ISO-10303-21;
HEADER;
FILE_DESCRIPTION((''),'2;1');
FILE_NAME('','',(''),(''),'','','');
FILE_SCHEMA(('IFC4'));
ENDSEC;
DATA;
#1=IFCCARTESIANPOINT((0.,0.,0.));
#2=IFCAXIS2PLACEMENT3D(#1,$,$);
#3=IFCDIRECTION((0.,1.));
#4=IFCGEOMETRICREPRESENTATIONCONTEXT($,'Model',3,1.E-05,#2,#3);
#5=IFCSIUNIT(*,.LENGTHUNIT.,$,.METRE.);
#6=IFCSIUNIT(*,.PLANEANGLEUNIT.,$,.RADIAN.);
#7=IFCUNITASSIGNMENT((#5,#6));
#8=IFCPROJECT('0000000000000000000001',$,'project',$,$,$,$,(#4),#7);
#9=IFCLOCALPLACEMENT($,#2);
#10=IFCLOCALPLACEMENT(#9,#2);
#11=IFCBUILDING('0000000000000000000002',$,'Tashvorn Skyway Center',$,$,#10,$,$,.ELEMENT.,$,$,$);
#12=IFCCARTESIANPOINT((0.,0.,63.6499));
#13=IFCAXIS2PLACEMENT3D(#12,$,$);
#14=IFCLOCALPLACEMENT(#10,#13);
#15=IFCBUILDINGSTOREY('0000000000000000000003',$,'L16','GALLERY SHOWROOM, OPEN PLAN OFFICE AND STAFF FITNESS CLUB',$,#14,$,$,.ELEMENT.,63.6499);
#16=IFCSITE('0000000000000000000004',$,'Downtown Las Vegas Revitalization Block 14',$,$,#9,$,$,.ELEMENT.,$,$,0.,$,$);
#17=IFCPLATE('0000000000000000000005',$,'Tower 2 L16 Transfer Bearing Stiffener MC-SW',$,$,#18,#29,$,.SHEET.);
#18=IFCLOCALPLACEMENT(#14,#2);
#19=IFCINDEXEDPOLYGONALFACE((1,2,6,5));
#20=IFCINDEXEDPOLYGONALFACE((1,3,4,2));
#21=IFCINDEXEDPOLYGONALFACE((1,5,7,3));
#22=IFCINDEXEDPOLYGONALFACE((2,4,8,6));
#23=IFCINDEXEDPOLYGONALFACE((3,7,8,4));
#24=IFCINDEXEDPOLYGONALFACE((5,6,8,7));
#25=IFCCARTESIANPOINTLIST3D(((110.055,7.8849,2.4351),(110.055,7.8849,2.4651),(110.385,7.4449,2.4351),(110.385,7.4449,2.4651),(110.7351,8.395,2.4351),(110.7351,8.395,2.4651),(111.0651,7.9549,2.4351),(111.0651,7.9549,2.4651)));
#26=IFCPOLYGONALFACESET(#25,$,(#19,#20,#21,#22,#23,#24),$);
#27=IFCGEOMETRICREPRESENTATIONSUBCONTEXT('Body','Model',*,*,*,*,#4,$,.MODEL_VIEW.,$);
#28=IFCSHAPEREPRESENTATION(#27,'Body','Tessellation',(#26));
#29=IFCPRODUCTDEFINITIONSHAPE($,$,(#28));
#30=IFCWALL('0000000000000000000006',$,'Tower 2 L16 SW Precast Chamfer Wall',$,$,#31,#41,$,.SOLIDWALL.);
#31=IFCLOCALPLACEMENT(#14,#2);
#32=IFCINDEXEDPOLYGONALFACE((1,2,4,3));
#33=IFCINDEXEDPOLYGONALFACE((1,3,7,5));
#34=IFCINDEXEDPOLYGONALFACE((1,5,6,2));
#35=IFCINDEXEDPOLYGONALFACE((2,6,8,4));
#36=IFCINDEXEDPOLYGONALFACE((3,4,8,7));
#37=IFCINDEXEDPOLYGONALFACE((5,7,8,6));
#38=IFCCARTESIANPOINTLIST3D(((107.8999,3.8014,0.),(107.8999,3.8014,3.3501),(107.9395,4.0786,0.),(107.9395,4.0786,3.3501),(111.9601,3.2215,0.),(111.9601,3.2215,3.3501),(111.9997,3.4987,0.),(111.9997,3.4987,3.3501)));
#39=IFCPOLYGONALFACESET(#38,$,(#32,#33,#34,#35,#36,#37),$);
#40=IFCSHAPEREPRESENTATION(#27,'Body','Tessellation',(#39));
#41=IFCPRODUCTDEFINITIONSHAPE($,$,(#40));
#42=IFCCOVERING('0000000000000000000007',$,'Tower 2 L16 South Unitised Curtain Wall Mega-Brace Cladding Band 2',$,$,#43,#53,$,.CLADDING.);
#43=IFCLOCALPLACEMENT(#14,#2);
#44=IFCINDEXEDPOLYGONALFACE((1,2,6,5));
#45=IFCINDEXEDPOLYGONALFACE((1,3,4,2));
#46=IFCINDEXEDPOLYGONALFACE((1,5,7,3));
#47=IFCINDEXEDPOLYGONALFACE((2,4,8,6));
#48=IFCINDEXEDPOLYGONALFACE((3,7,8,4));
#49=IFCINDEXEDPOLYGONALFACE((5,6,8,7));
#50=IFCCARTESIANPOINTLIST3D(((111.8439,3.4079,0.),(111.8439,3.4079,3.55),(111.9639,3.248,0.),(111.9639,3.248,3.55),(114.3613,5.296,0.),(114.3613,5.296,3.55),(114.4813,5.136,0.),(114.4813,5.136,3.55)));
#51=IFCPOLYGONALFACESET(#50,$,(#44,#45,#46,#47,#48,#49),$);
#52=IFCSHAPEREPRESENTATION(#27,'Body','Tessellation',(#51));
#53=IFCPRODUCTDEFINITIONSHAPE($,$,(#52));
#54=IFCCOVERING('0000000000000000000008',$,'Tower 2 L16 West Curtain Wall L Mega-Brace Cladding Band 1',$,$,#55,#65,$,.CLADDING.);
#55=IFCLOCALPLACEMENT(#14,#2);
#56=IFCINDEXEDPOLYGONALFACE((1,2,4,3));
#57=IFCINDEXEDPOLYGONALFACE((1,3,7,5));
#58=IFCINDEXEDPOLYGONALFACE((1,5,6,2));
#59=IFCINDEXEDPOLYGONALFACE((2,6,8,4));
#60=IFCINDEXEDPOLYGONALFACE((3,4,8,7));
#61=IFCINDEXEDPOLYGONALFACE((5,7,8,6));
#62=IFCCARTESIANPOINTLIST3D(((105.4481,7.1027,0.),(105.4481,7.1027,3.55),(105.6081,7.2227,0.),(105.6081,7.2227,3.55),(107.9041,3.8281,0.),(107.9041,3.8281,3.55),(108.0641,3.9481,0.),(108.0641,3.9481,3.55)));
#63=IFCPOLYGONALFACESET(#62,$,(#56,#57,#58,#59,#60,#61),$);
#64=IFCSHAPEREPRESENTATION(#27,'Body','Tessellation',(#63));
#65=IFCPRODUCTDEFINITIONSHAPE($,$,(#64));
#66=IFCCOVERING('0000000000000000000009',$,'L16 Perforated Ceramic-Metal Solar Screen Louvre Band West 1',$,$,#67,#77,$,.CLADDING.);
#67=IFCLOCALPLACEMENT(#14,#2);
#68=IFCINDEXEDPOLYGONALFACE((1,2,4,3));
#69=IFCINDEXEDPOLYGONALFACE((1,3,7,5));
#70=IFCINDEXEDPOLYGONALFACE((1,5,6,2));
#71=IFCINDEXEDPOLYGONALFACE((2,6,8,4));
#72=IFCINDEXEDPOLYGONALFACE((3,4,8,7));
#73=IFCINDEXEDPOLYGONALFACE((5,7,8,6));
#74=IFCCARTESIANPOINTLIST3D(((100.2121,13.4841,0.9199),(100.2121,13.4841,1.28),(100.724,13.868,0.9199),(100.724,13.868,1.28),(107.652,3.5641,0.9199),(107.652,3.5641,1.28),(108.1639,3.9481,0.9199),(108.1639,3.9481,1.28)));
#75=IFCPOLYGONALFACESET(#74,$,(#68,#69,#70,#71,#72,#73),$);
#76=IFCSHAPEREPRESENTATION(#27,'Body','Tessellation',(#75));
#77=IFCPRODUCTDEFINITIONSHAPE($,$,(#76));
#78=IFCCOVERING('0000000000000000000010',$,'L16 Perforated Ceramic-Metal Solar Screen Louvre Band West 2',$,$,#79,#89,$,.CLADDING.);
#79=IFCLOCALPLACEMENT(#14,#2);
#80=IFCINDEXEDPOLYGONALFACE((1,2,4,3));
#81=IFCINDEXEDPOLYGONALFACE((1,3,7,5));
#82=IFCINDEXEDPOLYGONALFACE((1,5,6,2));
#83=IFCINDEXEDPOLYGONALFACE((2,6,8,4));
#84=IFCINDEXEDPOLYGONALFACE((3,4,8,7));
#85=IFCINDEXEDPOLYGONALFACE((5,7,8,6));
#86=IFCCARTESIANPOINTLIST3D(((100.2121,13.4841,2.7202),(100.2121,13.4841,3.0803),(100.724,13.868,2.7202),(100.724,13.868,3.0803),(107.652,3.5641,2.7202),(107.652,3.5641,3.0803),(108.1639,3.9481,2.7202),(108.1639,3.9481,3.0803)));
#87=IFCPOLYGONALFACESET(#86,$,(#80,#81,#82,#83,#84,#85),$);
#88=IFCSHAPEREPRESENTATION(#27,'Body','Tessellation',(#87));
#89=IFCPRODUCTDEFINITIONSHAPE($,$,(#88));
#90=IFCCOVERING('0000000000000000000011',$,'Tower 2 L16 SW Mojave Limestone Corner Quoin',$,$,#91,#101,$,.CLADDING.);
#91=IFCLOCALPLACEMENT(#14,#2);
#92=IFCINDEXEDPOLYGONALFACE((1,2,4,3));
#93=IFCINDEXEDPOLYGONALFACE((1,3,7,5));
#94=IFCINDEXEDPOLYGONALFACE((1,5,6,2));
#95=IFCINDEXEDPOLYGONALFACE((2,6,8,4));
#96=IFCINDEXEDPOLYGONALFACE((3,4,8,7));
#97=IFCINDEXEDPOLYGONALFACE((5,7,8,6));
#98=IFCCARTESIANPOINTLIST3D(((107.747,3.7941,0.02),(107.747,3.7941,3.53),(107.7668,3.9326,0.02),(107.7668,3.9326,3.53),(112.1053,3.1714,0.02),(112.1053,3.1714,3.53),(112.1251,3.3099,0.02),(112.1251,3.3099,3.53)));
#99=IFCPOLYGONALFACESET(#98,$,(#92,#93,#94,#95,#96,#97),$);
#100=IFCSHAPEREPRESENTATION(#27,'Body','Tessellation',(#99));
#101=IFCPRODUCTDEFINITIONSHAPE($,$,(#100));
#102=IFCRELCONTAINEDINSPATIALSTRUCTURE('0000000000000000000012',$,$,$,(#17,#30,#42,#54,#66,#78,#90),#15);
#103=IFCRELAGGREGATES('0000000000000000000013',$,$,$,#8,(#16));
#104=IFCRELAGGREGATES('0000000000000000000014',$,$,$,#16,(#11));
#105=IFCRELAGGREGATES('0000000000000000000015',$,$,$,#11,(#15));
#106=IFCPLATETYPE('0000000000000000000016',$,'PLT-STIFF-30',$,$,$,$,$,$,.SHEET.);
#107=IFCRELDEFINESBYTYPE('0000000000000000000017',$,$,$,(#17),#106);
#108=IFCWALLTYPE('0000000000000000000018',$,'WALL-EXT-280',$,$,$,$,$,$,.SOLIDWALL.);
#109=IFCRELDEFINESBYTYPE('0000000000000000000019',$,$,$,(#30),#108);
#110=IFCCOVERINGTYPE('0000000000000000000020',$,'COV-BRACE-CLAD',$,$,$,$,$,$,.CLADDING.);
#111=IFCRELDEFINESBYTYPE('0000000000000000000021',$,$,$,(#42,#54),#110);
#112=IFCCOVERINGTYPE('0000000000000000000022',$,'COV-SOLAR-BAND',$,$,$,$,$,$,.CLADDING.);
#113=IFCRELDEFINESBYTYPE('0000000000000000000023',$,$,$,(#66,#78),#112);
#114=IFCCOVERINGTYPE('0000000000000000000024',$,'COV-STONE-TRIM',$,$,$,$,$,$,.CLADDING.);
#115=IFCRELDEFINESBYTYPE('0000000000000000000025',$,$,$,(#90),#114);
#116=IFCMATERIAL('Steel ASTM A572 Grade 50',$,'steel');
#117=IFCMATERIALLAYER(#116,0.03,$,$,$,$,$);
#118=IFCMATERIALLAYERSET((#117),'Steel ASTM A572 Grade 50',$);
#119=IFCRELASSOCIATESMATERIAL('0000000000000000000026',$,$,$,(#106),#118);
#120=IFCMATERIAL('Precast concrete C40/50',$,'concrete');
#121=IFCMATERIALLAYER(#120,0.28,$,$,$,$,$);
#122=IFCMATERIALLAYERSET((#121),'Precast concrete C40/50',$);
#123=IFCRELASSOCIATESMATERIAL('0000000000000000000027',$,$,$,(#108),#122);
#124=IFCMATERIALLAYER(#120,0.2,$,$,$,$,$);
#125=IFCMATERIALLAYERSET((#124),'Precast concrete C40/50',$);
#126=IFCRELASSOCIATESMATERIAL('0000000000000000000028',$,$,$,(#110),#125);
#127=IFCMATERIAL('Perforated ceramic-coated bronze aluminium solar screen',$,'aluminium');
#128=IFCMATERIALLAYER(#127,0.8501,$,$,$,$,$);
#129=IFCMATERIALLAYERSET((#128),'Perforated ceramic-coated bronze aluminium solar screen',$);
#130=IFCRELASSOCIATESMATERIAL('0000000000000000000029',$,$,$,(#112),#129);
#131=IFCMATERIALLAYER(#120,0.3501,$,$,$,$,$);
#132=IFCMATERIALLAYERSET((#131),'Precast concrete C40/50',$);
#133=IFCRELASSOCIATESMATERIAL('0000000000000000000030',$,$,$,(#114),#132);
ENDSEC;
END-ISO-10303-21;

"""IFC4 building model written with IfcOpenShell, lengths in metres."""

from ifc_helpers import new_model, si_unit, direction, frame, frame_2d, origin, origin_2d, place, context, subcontext, project, spatial, rectangle, extrude, material, layer, layer_set, type_object, element, save


model = new_model("IFC4")

# Units and contexts
model_context = context("Model", 3, precision=1e-05, world=origin(), true_north=direction((0.0, 1.0)))
body_context = subcontext(model_context, "Body", "Model", "MODEL_VIEW")
ifc_project = project(units=[si_unit("LENGTHUNIT", "METRE"), si_unit("PLANEANGLEUNIT", "RADIAN")], contexts=[model_context])

# Site, building, storey
site_placement = place(None, origin())
site = spatial("IfcSite", under=ifc_project, at=site_placement, Name="Downtown Las Vegas Revitalization Block 14", CompositionType="ELEMENT", RefElevation=0.0)
building_placement = place(site_placement, origin())
building = spatial("IfcBuilding", under=site, at=building_placement, Name="Tashvorn Skyway Center", CompositionType="ELEMENT")
storey_placement = place(building_placement, frame((0.0, 0.0, 63.6499)))
storey = spatial("IfcBuildingStorey", under=building, at=storey_placement, Name="L16", Description="GALLERY SHOWROOM, OPEN PLAN OFFICE AND STAFF FITNESS CLUB", CompositionType="ELEMENT", Elevation=63.6499)

# Shared definitions
ifc_material_1 = material(Name="Steel ASTM A572 Grade 50", Category="steel")

# Plate
ifc_layer_1 = layer(ifc_material_1, 0.03)
ifc_layer_set_1 = layer_set([ifc_layer_1], Name="Steel ASTM A572 Grade 50")
plate_type_1 = type_object("IfcPlateType", Name="PLT-STIFF-30", PredefinedType="SHEET", material=ifc_layer_set_1)
plate_1_placement = place(storey_placement, frame((110.5601, 7.9199, 2.4351), z_axis=(0.0, 0.0, 1.0), x_axis=(0.8, 0.6, 0.0)))
element("IfcPlate", 1, at=plate_1_placement, inside=storey, type_object=plate_type_1, Name="Tower 2 L16 Transfer Bearing Stiffener MC-SW", PredefinedType="SHEET", context=body_context, shape_type="SweptSolid", body=[
    extrude(rectangle(XDim=0.8501, YDim=0.55, at=origin_2d()), origin(), (0.0, 0.0, 1.0), 0.03),
])

# Wall
ifc_material_2 = material(Name="Precast concrete C40/50", Category="concrete")
ifc_layer_2 = layer(ifc_material_2, 0.28)
ifc_layer_set_2 = layer_set([ifc_layer_2], Name="Precast concrete C40/50")
wall_type = type_object("IfcWallType", Name="WALL-EXT-280", PredefinedType="SOLIDWALL", material=ifc_layer_set_2)
wall_placement = place(storey_placement, frame((111.98, 3.3601, 0.0), z_axis=(0.0, 0.0, 1.0), x_axis=(-0.989955, 0.14138, 0.0)))
element("IfcWall", 2, at=wall_placement, inside=storey, type_object=wall_type, Name="Tower 2 L16 SW Precast Chamfer Wall", PredefinedType="SOLIDWALL", context=body_context, shape_type="SweptSolid", body=[
    extrude(rectangle(XDim=4.1013, YDim=0.28, at=frame_2d((2.0508, 0.0))), origin(), (0.0, 0.0, 1.0), 3.3501),
])

# Coverings
ifc_layer_3 = layer(ifc_material_2, 0.2)
ifc_layer_set_3 = layer_set([ifc_layer_3], Name="Precast concrete C40/50")
covering_type_1 = type_object("IfcCoveringType", Name="COV-BRACE-CLAD", PredefinedType="CLADDING", material=ifc_layer_set_3)
covering_1_placement = place(storey_placement, frame((113.1626, 4.272, 0.0), z_axis=(0.0, 0.0, 1.0), x_axis=(-0.8, -0.6, 0.0)))
element("IfcCovering", 3, at=covering_1_placement, inside=storey, type_object=covering_type_1, Name="Tower 2 L16 South Unitised Curtain Wall Mega-Brace Cladding Band 2", PredefinedType="CLADDING", context=body_context, shape_type="SweptSolid", body=[
    extrude(rectangle(XDim=3.1467, YDim=0.2, at=origin_2d()), origin(), (0.0, 0.0, 1.0), 3.55),
])
covering_2_placement = place(storey_placement, frame((106.7561, 5.5254, 0.0), z_axis=(0.0, 0.0, 1.0), x_axis=(-0.6, 0.8, 0.0)))
element("IfcCovering", 4, at=covering_2_placement, inside=storey, type_object=covering_type_1, Name="Tower 2 L16 West Curtain Wall L Mega-Brace Cladding Band 1", PredefinedType="CLADDING", context=body_context, shape_type="SweptSolid", body=[
    extrude(rectangle(XDim=4.0933, YDim=0.2, at=origin_2d()), origin(), (0.0, 0.0, 1.0), 3.55),
])
ifc_material_3 = material(Name="Perforated ceramic-coated bronze aluminium solar screen", Category="aluminium")
ifc_layer_4 = layer(ifc_material_3, 0.8501)
ifc_layer_set_4 = layer_set([ifc_layer_4], Name="Perforated ceramic-coated bronze aluminium solar screen")
covering_type_2 = type_object("IfcCoveringType", Name="COV-SOLAR-BAND", PredefinedType="CLADDING", material=ifc_layer_set_4)
for number, where, z_axis, x_axis, name in (
    (5, (104.188, 8.7161, 0.9199), (0.0, 0.0, 1.0), (-0.6, 0.8, 0.0), "L16 Perforated Ceramic-Metal Solar Screen Louvre Band West 1"),
    (6, (104.188, 8.7161, 2.7202), (0.0, 0.0, 1.0), (-0.6, 0.8, 0.0), "L16 Perforated Ceramic-Metal Solar Screen Louvre Band West 2"),
):
    element("IfcCovering", number, at=place(storey_placement, frame(where, z_axis=z_axis, x_axis=x_axis)), inside=storey, type_object=covering_type_2, Name=name, PredefinedType="CLADDING", context=body_context, shape_type="SweptSolid", body=[
        extrude(rectangle(XDim=12.3999, YDim=0.6399, at=origin_2d()), origin(), (0.0, 0.0, 1.0), 0.3601),
    ])
ifc_layer_5 = layer(ifc_material_2, 0.3501)
ifc_layer_set_5 = layer_set([ifc_layer_5], Name="Precast concrete C40/50")
covering_type_3 = type_object("IfcCoveringType", Name="COV-STONE-TRIM", PredefinedType="CLADDING", material=ifc_layer_set_5)
covering_3_placement = place(storey_placement, frame((109.936, 3.552, 0.02), z_axis=(0.0, 0.0, 1.0), x_axis=(-0.989949, 0.141421, 0.0)))
element("IfcCovering", 7, at=covering_3_placement, inside=storey, type_object=covering_type_3, Name="Tower 2 L16 SW Mojave Limestone Corner Quoin", PredefinedType="CLADDING", context=body_context, shape_type="SweptSolid", body=[
    extrude(rectangle(XDim=4.4026, YDim=0.1399, at=origin_2d()), origin(), (0.0, 0.0, 1.0), 3.51),
])

save(model, "model.ifc")
